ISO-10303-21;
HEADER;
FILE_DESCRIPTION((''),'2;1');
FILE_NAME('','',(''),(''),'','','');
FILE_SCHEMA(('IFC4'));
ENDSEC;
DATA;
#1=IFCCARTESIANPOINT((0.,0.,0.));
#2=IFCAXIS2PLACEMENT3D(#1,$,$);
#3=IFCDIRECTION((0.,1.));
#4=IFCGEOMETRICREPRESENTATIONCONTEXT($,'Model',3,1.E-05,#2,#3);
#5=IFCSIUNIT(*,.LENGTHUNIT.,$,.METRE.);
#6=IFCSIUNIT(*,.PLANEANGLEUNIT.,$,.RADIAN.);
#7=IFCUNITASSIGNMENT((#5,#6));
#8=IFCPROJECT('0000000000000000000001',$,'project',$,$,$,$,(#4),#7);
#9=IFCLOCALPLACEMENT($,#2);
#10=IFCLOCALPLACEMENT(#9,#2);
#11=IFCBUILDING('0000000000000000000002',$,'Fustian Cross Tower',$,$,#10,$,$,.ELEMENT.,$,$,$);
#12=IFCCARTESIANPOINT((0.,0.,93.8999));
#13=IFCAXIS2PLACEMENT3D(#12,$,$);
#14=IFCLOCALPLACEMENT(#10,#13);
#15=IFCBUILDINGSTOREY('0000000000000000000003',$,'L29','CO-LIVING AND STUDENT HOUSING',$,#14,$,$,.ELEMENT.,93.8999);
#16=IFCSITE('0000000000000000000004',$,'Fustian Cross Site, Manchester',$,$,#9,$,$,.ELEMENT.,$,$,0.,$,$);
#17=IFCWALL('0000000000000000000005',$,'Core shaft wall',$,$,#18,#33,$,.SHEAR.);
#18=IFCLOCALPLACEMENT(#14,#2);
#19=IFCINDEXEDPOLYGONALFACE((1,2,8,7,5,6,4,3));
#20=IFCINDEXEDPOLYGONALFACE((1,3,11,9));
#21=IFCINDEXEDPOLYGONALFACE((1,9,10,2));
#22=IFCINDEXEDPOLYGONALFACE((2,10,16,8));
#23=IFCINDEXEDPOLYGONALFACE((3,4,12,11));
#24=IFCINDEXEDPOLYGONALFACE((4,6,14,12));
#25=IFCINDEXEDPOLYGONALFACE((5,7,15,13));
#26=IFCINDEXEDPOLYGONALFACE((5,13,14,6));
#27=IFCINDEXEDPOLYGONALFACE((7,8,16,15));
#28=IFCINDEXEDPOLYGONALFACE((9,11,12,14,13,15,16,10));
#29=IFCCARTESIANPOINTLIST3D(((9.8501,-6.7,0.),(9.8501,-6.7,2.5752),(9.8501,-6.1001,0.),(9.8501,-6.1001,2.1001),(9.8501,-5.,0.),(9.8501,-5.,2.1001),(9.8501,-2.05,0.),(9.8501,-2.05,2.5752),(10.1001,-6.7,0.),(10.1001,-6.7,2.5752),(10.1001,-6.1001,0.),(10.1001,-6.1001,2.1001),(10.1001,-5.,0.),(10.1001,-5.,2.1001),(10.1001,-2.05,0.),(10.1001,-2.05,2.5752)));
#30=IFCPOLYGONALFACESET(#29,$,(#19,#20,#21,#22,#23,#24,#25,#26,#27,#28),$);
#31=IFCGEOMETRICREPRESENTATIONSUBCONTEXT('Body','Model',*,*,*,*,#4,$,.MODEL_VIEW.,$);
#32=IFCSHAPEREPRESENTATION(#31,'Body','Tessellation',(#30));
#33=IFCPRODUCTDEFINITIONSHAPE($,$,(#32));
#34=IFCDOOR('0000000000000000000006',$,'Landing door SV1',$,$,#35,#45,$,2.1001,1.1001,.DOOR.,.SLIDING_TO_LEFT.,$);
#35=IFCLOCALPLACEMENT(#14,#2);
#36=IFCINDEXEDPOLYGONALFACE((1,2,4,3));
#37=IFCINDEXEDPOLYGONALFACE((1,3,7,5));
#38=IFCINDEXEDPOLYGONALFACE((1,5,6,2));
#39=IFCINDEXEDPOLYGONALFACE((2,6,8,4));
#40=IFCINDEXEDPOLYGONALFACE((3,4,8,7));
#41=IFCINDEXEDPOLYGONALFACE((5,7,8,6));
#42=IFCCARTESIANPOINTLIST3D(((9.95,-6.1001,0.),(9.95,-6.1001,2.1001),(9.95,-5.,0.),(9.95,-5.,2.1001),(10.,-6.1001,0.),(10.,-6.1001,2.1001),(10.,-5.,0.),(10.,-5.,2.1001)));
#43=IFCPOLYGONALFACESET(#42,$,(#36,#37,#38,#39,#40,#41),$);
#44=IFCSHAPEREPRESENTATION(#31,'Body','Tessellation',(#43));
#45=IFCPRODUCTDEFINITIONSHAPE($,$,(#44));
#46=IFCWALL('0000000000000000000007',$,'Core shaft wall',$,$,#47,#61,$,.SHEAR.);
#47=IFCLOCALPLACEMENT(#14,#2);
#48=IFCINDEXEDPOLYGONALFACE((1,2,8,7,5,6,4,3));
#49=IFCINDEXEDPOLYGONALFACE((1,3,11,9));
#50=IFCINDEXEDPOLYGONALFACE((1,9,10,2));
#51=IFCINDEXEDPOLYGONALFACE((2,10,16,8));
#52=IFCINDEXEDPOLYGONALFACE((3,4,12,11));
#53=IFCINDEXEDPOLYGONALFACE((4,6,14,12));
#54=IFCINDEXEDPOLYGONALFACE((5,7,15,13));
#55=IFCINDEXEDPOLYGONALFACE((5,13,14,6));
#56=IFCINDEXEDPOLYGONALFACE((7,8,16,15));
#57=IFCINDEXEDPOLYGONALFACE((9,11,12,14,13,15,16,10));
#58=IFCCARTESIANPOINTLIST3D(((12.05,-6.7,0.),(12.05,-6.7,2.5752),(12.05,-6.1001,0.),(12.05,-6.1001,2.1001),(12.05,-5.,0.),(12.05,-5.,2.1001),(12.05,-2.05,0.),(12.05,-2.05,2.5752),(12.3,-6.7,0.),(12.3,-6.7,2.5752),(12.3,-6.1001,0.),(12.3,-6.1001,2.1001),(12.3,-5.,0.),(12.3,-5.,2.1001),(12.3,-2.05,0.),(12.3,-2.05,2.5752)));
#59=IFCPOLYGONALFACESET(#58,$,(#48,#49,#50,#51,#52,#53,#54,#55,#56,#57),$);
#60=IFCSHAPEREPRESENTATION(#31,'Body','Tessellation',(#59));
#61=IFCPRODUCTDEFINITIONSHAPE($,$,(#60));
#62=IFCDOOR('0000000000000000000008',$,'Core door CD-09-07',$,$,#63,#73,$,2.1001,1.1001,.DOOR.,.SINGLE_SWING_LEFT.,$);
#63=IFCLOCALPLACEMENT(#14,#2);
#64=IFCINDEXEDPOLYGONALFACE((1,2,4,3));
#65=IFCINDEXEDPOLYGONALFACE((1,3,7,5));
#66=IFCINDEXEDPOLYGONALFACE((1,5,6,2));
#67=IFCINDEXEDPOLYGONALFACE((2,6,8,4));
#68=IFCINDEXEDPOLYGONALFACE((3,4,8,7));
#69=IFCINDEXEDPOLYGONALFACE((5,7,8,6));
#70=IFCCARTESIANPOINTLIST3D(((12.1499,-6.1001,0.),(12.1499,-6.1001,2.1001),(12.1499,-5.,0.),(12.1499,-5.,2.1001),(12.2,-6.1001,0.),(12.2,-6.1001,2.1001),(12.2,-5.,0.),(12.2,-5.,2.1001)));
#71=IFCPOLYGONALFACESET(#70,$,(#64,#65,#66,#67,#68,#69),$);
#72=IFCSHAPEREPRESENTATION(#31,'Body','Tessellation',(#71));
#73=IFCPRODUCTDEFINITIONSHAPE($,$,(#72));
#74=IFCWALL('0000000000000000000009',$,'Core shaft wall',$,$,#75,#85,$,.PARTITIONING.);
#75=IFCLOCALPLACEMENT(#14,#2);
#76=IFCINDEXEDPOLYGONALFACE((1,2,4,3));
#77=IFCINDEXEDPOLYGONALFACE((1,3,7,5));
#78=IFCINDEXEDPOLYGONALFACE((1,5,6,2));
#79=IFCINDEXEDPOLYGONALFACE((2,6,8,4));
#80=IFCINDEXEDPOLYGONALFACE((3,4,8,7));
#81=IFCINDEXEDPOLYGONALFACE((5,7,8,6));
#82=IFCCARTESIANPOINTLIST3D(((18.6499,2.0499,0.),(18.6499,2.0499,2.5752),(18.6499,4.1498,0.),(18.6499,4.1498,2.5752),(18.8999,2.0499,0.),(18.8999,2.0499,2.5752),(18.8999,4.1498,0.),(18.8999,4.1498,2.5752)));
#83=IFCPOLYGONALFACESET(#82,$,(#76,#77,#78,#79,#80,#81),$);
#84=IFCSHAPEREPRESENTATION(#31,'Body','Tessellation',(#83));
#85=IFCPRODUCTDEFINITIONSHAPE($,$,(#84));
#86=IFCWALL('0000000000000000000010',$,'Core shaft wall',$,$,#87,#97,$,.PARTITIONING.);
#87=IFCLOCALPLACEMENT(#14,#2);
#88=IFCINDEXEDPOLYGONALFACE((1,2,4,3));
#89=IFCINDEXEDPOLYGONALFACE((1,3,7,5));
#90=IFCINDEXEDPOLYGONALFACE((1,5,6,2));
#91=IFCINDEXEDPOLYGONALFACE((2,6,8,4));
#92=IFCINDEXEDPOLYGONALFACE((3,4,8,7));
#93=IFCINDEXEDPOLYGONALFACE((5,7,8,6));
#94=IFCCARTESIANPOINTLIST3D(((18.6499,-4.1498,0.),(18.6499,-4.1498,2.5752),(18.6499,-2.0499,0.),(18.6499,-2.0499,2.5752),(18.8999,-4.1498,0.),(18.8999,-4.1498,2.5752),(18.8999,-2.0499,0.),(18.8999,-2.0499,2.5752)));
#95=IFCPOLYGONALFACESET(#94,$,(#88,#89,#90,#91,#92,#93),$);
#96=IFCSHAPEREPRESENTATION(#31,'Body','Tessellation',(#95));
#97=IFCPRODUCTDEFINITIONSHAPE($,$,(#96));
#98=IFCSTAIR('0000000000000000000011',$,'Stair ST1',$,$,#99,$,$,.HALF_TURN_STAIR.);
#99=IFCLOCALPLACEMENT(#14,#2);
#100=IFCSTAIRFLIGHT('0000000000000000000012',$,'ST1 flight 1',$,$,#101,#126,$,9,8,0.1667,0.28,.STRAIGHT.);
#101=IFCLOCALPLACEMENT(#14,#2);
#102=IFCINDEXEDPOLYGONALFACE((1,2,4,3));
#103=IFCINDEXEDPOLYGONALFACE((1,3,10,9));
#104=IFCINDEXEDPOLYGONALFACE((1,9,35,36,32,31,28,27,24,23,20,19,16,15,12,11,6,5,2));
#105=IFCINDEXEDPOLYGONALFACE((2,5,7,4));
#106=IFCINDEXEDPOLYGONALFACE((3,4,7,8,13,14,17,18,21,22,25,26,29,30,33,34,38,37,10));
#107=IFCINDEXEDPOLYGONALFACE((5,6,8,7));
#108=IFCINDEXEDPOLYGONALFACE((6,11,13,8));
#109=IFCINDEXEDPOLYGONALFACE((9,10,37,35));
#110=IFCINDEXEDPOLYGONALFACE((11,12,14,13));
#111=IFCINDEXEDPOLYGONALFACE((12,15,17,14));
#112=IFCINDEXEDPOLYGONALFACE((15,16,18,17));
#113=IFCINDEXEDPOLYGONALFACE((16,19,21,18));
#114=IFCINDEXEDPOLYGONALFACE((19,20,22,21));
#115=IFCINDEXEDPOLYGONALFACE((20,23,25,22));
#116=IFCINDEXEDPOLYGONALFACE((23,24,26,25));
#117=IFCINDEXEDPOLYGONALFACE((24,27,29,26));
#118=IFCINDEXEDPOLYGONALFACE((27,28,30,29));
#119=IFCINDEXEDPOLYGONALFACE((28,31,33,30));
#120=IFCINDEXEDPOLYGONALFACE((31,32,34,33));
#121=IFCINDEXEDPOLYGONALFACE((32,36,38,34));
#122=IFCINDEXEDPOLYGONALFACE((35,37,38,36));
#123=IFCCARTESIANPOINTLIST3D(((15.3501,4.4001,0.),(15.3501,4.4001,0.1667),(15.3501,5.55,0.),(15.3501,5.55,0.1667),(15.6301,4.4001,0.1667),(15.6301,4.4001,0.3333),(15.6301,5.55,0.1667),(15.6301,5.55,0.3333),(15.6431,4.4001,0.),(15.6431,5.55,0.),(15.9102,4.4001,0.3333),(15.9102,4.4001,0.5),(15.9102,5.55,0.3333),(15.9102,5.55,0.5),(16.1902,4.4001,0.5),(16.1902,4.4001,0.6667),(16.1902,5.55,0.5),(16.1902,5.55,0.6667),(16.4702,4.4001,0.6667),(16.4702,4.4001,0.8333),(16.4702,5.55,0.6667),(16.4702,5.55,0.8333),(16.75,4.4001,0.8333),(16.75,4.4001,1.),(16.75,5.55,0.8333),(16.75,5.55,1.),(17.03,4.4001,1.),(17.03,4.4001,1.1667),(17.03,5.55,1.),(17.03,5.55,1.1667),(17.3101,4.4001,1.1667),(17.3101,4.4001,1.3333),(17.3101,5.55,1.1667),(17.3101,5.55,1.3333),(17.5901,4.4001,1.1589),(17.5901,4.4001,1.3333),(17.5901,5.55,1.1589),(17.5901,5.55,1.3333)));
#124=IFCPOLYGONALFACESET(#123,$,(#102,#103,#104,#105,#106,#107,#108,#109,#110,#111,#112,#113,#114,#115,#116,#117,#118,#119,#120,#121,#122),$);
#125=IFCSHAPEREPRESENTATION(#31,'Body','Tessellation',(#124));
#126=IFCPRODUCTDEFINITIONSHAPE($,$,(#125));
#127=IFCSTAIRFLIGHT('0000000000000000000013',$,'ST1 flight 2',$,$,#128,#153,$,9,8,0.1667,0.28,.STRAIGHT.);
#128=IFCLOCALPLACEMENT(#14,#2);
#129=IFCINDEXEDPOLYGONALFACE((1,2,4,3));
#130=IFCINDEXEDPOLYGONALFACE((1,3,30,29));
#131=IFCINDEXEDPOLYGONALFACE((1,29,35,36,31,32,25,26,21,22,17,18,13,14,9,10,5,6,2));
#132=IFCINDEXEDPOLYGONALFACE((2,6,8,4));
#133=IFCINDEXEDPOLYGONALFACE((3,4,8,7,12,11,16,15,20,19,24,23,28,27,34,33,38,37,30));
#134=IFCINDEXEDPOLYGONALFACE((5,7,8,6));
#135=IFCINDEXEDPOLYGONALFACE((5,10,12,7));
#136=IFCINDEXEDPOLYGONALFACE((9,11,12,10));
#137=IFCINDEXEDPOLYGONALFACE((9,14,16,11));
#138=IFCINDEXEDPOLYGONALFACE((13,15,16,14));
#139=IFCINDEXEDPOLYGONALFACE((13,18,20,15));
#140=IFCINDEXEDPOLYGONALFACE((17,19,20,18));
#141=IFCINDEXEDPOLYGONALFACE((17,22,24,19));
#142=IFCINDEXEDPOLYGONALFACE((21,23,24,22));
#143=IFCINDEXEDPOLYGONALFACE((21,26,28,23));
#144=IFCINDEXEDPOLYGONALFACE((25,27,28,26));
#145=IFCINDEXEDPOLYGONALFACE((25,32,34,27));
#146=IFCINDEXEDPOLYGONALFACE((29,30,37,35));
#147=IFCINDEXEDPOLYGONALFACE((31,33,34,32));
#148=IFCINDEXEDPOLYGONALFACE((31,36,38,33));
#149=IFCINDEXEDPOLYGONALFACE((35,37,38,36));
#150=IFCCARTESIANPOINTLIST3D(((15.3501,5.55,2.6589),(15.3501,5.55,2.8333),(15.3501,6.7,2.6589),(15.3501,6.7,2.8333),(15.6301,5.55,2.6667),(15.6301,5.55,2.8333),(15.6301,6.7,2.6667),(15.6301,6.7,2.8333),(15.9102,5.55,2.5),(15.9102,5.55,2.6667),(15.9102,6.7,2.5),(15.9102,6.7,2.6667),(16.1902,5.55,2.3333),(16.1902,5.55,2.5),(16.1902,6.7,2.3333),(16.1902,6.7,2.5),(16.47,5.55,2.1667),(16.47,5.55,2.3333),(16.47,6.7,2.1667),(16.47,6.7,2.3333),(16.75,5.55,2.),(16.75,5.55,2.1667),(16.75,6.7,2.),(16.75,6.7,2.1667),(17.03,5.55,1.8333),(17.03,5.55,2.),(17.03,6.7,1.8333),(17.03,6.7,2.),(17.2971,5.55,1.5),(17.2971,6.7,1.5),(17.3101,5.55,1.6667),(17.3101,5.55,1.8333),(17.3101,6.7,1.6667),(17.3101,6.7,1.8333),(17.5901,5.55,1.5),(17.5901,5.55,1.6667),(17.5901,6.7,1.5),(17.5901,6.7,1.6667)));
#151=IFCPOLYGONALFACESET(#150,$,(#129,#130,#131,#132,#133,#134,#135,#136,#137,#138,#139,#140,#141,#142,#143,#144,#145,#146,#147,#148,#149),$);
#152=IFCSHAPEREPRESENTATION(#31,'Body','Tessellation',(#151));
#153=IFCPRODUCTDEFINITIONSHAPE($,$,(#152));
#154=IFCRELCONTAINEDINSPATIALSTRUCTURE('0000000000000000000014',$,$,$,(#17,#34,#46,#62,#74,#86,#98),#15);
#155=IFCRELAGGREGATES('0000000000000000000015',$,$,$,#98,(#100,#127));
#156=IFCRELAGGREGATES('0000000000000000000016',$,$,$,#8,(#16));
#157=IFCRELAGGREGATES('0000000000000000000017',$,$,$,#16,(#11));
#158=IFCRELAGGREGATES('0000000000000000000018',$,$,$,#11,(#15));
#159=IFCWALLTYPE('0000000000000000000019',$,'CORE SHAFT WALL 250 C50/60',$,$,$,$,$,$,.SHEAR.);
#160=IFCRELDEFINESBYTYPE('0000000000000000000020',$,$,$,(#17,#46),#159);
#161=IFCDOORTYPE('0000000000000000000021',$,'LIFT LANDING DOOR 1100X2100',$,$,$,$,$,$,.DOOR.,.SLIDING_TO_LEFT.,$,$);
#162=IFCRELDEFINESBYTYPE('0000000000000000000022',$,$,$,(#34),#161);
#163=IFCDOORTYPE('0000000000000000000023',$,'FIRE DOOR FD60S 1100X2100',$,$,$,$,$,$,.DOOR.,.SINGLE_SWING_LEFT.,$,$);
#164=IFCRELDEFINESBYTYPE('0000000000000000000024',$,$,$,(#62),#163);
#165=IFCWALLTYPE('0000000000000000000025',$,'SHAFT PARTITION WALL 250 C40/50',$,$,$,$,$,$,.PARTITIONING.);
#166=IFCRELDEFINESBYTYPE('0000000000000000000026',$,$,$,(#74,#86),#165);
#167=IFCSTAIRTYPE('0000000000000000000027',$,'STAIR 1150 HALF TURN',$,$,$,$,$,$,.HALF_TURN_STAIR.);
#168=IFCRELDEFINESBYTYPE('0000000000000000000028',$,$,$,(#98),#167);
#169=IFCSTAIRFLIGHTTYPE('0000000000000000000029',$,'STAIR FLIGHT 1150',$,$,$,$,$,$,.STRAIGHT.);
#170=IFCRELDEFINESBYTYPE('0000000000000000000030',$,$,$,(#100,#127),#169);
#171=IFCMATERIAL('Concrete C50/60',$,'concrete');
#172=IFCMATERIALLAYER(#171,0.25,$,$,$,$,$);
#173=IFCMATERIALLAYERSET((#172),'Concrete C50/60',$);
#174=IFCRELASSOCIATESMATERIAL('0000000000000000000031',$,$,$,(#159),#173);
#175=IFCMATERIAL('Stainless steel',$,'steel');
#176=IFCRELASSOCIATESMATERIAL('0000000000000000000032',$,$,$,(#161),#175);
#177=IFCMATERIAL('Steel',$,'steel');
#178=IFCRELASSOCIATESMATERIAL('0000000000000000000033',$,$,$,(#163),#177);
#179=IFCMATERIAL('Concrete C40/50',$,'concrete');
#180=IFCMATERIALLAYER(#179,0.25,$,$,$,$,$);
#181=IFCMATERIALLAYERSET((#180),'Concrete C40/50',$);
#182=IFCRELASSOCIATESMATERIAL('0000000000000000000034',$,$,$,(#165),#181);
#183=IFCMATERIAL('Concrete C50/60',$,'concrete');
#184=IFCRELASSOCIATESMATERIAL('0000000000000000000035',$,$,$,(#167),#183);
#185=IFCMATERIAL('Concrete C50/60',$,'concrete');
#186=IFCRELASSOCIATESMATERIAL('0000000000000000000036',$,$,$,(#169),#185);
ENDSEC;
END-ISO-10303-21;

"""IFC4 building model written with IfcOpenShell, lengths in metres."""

from ifc_helpers import new_model, si_unit, direction, frame, frame_2d, origin, place, context, subcontext, project, spatial, polyline, rectangle, outline, extrude, material, layer, layer_set, type_object, element, fill, aggregate, save


model = new_model("IFC4")

# Units and contexts
model_context = context("Model", 3, precision=1e-05, world=origin(), true_north=direction((0.0, 1.0)))
body_context = subcontext(model_context, "Body", "Model", "MODEL_VIEW")
ifc_project = project(units=[si_unit("LENGTHUNIT", "METRE"), si_unit("PLANEANGLEUNIT", "RADIAN")], contexts=[model_context])

# Site, building, storey
site_placement = place(None, origin())
site = spatial("IfcSite", under=ifc_project, at=site_placement, Name="Fustian Cross Site, Manchester", CompositionType="ELEMENT", RefElevation=0.0)
building_placement = place(site_placement, origin())
building = spatial("IfcBuilding", under=site, at=building_placement, Name="Fustian Cross Tower", CompositionType="ELEMENT")
storey_placement = place(building_placement, frame((0.0, 0.0, 93.8999)))
storey = spatial("IfcBuildingStorey", under=building, at=storey_placement, Name="L29", Description="CO-LIVING AND STUDENT HOUSING", CompositionType="ELEMENT", Elevation=93.8999)

# Shared definitions
ifc_material_1 = material(Name="Concrete C50/60", Category="concrete")
ifc_layer_1 = layer(ifc_material_1, 0.25)
ifc_layer_set_1 = layer_set([ifc_layer_1], Name="Concrete C50/60")
wall_type_1 = type_object("IfcWallType", Name="CORE SHAFT WALL 250 C50/60", PredefinedType="SHEAR", material=ifc_layer_set_1)

# Walls, openings, doors
ifc_material_2 = material(Name="Stainless steel", Category="steel")
door_type_1 = type_object("IfcDoorType", Name="LIFT LANDING DOOR 1100X2100", OperationType="SLIDING_TO_LEFT", PredefinedType="DOOR", material=ifc_material_2)
ifc_material_3 = material(Name="Steel", Category="steel")
door_type_2 = type_object("IfcDoorType", Name="FIRE DOOR FD60S 1100X2100", OperationType="SINGLE_SWING_LEFT", PredefinedType="DOOR", material=ifc_material_3)
wall_1_placement = place(storey_placement, frame((9.9751, -2.05, 0.0), z_axis=(0.0, 0.0, 1.0), x_axis=(0.0, -1.0, 0.0)))
wall_1 = element("IfcWall", 1, at=wall_1_placement, inside=storey, type_object=wall_type_1, Name="Core shaft wall", PredefinedType="SHEAR", context=body_context, shape_type="SweptSolid", body=[
    extrude(rectangle(XDim=4.6499, YDim=0.25, at=frame_2d((2.325, 0.0))), origin(), (0.0, 0.0, 1.0), 2.5752),
])
opening_1_placement = place(wall_1_placement, frame((2.95, 0.0, 0.0)))
opening_1 = element("IfcOpeningElement", 2, at=opening_1_placement, cuts=wall_1, PredefinedType="OPENING", context=body_context, shape_type="SweptSolid", body=[
    extrude(rectangle(XDim=1.1001, YDim=2.1001, at=frame_2d((0.55, 1.05))), frame((0.0, 0.135, 0.0), z_axis=(0.0, -1.0, 0.0), x_axis=(1.0, 0.0, 0.0)), (0.0, 0.0, 1.0), 0.27),
])
door_1_placement = place(opening_1_placement, origin())
door_1 = element("IfcDoor", 3, at=door_1_placement, inside=storey, type_object=door_type_1, Name="Landing door SV1", OperationType="SLIDING_TO_LEFT", OverallHeight=2.1001, OverallWidth=1.1001, PredefinedType="DOOR", context=body_context, shape_type="SweptSolid", body=[
    extrude(rectangle(XDim=1.1001, YDim=2.1001, at=frame_2d((0.55, 1.05))), frame((0.0, 0.0249, 0.0), z_axis=(0.0, -1.0, 0.0), x_axis=(1.0, 0.0, 0.0)), (0.0, 0.0, 1.0), 0.05),
])
fill(opening_1, door_1)
wall_2_placement = place(storey_placement, frame((12.175, -2.05, 0.0), z_axis=(0.0, 0.0, 1.0), x_axis=(0.0, -1.0, 0.0)))
wall_2 = element("IfcWall", 4, at=wall_2_placement, inside=storey, type_object=wall_type_1, Name="Core shaft wall", PredefinedType="SHEAR", context=body_context, shape_type="SweptSolid", body=[
    extrude(rectangle(XDim=4.6499, YDim=0.25, at=frame_2d((2.325, 0.0))), origin(), (0.0, 0.0, 1.0), 2.5752),
])
opening_2_placement = place(wall_2_placement, frame((2.95, 0.0, 0.0)))
opening_2 = element("IfcOpeningElement", 5, at=opening_2_placement, cuts=wall_2, PredefinedType="OPENING", context=body_context, shape_type="SweptSolid", body=[
    extrude(rectangle(XDim=1.1001, YDim=2.1001, at=frame_2d((0.55, 1.05))), frame((0.0, 0.135, 0.0), z_axis=(0.0, -1.0, 0.0), x_axis=(1.0, 0.0, 0.0)), (0.0, 0.0, 1.0), 0.27),
])
door_2_placement = place(opening_2_placement, origin())
door_2 = element("IfcDoor", 6, at=door_2_placement, inside=storey, type_object=door_type_2, Name="Core door CD-09-07", OperationType="SINGLE_SWING_LEFT", OverallHeight=2.1001, OverallWidth=1.1001, PredefinedType="DOOR", context=body_context, shape_type="SweptSolid", body=[
    extrude(rectangle(XDim=1.1001, YDim=2.1001, at=frame_2d((0.55, 1.05))), frame((0.0, 0.0249, 0.0), z_axis=(0.0, -1.0, 0.0), x_axis=(1.0, 0.0, 0.0)), (0.0, 0.0, 1.0), 0.05),
])
fill(opening_2, door_2)

# Walls
ifc_material_4 = material(Name="Concrete C40/50", Category="concrete")
ifc_layer_2 = layer(ifc_material_4, 0.25)
ifc_layer_set_2 = layer_set([ifc_layer_2], Name="Concrete C40/50")
wall_type_2 = type_object("IfcWallType", Name="SHAFT PARTITION WALL 250 C40/50", PredefinedType="PARTITIONING", material=ifc_layer_set_2)
for number, where, z_axis, x_axis, name in (
    (7, (18.7749, 2.05, 0.0), (0.0, 0.0, 1.0), (0.0, 1.0, 0.0), "Core shaft wall"),
    (8, (18.7749, -2.05, 0.0), (0.0, 0.0, 1.0), (0.0, -1.0, 0.0), "Core shaft wall"),
):
    element("IfcWall", number, at=place(storey_placement, frame(where, z_axis=z_axis, x_axis=x_axis)), inside=storey, type_object=wall_type_2, Name=name, PredefinedType="PARTITIONING", context=body_context, shape_type="SweptSolid", body=[
        extrude(rectangle(XDim=2.0999, YDim=0.25, at=frame_2d((1.0498, 0.0))), origin(), (0.0, 0.0, 1.0), 2.5752),
    ])

# Stair, stair flights
ifc_material_5 = material(Name="Concrete C50/60", Category="concrete")
stair_type = type_object("IfcStairType", Name="STAIR 1150 HALF TURN", PredefinedType="HALF_TURN_STAIR", material=ifc_material_5)
stair_placement = place(storey_placement, origin())
stair = element("IfcStair", 9, at=stair_placement, inside=storey, type_object=stair_type, Name="Stair ST1", PredefinedType="HALF_TURN_STAIR")
ifc_material_6 = material(Name="Concrete C50/60", Category="concrete")
stair_flight_type = type_object("IfcStairFlightType", Name="STAIR FLIGHT 1150", PredefinedType="STRAIGHT", material=ifc_material_6)
stair_flight_1_placement = place(storey_placement, frame((15.3501, 4.9751, 0.0), z_axis=(0.0, 0.0, 1.0), x_axis=(1.0, 0.0, 0.0)))
stair_flight_1 = element("IfcStairFlight", 10, at=stair_flight_1_placement, type_object=stair_flight_type, Name="ST1 flight 1", NumberOfRisers=9, NumberOfTreads=8, PredefinedType="STRAIGHT", RiserHeight=0.1667, TreadLength=0.28, context=body_context, shape_type="SweptSolid", body=[
    extrude(outline(polyline([(0.0, 0.0), (0.0, 0.1667), (0.28, 0.1667), (0.28, 0.3333), (0.5601, 0.3333), (0.5601, 0.5), (0.8401, 0.5), (0.8401, 0.6667), (1.1201, 0.6667), (1.1201, 0.8333), (1.3999, 0.8333), (1.3999, 1.0), (1.6799, 1.0), (1.6799, 1.1667), (1.96, 1.1667), (1.96, 1.3333), (2.24, 1.3333), (2.24, 1.5), (2.24, 1.1589), (0.293, 0.0), (0.0, 0.0)])), frame((0.0, 0.575, 0.0), z_axis=(0.0, -1.0, 0.0), x_axis=(1.0, 0.0, 0.0)), (0.0, 0.0, 1.0), 1.1499),
])
stair_flight_2_placement = place(storey_placement, frame((17.5901, 6.125, 1.5), z_axis=(0.0, 0.0, 1.0), x_axis=(-1.0, 0.0, 0.0)))
stair_flight_2 = element("IfcStairFlight", 11, at=stair_flight_2_placement, type_object=stair_flight_type, Name="ST1 flight 2", NumberOfRisers=9, NumberOfTreads=8, PredefinedType="STRAIGHT", RiserHeight=0.1667, TreadLength=0.28, context=body_context, shape_type="SweptSolid", body=[
    extrude(outline(polyline([(0.0, 0.0), (0.0, 0.1667), (0.28, 0.1667), (0.28, 0.3333), (0.5601, 0.3333), (0.5601, 0.5), (0.8401, 0.5), (0.8401, 0.6667), (1.1201, 0.6667), (1.1201, 0.8333), (1.3999, 0.8333), (1.3999, 1.0), (1.6799, 1.0), (1.6799, 1.1667), (1.96, 1.1667), (1.96, 1.3333), (2.24, 1.3333), (2.24, 1.5), (2.24, 1.1589), (0.293, 0.0), (0.0, 0.0)])), frame((0.0, 0.575, 0.0), z_axis=(0.0, -1.0, 0.0), x_axis=(1.0, 0.0, 0.0)), (0.0, 0.0, 1.0), 1.1499),
])
aggregate(stair, [stair_flight_1, stair_flight_2])

save(model, "model.ifc")
